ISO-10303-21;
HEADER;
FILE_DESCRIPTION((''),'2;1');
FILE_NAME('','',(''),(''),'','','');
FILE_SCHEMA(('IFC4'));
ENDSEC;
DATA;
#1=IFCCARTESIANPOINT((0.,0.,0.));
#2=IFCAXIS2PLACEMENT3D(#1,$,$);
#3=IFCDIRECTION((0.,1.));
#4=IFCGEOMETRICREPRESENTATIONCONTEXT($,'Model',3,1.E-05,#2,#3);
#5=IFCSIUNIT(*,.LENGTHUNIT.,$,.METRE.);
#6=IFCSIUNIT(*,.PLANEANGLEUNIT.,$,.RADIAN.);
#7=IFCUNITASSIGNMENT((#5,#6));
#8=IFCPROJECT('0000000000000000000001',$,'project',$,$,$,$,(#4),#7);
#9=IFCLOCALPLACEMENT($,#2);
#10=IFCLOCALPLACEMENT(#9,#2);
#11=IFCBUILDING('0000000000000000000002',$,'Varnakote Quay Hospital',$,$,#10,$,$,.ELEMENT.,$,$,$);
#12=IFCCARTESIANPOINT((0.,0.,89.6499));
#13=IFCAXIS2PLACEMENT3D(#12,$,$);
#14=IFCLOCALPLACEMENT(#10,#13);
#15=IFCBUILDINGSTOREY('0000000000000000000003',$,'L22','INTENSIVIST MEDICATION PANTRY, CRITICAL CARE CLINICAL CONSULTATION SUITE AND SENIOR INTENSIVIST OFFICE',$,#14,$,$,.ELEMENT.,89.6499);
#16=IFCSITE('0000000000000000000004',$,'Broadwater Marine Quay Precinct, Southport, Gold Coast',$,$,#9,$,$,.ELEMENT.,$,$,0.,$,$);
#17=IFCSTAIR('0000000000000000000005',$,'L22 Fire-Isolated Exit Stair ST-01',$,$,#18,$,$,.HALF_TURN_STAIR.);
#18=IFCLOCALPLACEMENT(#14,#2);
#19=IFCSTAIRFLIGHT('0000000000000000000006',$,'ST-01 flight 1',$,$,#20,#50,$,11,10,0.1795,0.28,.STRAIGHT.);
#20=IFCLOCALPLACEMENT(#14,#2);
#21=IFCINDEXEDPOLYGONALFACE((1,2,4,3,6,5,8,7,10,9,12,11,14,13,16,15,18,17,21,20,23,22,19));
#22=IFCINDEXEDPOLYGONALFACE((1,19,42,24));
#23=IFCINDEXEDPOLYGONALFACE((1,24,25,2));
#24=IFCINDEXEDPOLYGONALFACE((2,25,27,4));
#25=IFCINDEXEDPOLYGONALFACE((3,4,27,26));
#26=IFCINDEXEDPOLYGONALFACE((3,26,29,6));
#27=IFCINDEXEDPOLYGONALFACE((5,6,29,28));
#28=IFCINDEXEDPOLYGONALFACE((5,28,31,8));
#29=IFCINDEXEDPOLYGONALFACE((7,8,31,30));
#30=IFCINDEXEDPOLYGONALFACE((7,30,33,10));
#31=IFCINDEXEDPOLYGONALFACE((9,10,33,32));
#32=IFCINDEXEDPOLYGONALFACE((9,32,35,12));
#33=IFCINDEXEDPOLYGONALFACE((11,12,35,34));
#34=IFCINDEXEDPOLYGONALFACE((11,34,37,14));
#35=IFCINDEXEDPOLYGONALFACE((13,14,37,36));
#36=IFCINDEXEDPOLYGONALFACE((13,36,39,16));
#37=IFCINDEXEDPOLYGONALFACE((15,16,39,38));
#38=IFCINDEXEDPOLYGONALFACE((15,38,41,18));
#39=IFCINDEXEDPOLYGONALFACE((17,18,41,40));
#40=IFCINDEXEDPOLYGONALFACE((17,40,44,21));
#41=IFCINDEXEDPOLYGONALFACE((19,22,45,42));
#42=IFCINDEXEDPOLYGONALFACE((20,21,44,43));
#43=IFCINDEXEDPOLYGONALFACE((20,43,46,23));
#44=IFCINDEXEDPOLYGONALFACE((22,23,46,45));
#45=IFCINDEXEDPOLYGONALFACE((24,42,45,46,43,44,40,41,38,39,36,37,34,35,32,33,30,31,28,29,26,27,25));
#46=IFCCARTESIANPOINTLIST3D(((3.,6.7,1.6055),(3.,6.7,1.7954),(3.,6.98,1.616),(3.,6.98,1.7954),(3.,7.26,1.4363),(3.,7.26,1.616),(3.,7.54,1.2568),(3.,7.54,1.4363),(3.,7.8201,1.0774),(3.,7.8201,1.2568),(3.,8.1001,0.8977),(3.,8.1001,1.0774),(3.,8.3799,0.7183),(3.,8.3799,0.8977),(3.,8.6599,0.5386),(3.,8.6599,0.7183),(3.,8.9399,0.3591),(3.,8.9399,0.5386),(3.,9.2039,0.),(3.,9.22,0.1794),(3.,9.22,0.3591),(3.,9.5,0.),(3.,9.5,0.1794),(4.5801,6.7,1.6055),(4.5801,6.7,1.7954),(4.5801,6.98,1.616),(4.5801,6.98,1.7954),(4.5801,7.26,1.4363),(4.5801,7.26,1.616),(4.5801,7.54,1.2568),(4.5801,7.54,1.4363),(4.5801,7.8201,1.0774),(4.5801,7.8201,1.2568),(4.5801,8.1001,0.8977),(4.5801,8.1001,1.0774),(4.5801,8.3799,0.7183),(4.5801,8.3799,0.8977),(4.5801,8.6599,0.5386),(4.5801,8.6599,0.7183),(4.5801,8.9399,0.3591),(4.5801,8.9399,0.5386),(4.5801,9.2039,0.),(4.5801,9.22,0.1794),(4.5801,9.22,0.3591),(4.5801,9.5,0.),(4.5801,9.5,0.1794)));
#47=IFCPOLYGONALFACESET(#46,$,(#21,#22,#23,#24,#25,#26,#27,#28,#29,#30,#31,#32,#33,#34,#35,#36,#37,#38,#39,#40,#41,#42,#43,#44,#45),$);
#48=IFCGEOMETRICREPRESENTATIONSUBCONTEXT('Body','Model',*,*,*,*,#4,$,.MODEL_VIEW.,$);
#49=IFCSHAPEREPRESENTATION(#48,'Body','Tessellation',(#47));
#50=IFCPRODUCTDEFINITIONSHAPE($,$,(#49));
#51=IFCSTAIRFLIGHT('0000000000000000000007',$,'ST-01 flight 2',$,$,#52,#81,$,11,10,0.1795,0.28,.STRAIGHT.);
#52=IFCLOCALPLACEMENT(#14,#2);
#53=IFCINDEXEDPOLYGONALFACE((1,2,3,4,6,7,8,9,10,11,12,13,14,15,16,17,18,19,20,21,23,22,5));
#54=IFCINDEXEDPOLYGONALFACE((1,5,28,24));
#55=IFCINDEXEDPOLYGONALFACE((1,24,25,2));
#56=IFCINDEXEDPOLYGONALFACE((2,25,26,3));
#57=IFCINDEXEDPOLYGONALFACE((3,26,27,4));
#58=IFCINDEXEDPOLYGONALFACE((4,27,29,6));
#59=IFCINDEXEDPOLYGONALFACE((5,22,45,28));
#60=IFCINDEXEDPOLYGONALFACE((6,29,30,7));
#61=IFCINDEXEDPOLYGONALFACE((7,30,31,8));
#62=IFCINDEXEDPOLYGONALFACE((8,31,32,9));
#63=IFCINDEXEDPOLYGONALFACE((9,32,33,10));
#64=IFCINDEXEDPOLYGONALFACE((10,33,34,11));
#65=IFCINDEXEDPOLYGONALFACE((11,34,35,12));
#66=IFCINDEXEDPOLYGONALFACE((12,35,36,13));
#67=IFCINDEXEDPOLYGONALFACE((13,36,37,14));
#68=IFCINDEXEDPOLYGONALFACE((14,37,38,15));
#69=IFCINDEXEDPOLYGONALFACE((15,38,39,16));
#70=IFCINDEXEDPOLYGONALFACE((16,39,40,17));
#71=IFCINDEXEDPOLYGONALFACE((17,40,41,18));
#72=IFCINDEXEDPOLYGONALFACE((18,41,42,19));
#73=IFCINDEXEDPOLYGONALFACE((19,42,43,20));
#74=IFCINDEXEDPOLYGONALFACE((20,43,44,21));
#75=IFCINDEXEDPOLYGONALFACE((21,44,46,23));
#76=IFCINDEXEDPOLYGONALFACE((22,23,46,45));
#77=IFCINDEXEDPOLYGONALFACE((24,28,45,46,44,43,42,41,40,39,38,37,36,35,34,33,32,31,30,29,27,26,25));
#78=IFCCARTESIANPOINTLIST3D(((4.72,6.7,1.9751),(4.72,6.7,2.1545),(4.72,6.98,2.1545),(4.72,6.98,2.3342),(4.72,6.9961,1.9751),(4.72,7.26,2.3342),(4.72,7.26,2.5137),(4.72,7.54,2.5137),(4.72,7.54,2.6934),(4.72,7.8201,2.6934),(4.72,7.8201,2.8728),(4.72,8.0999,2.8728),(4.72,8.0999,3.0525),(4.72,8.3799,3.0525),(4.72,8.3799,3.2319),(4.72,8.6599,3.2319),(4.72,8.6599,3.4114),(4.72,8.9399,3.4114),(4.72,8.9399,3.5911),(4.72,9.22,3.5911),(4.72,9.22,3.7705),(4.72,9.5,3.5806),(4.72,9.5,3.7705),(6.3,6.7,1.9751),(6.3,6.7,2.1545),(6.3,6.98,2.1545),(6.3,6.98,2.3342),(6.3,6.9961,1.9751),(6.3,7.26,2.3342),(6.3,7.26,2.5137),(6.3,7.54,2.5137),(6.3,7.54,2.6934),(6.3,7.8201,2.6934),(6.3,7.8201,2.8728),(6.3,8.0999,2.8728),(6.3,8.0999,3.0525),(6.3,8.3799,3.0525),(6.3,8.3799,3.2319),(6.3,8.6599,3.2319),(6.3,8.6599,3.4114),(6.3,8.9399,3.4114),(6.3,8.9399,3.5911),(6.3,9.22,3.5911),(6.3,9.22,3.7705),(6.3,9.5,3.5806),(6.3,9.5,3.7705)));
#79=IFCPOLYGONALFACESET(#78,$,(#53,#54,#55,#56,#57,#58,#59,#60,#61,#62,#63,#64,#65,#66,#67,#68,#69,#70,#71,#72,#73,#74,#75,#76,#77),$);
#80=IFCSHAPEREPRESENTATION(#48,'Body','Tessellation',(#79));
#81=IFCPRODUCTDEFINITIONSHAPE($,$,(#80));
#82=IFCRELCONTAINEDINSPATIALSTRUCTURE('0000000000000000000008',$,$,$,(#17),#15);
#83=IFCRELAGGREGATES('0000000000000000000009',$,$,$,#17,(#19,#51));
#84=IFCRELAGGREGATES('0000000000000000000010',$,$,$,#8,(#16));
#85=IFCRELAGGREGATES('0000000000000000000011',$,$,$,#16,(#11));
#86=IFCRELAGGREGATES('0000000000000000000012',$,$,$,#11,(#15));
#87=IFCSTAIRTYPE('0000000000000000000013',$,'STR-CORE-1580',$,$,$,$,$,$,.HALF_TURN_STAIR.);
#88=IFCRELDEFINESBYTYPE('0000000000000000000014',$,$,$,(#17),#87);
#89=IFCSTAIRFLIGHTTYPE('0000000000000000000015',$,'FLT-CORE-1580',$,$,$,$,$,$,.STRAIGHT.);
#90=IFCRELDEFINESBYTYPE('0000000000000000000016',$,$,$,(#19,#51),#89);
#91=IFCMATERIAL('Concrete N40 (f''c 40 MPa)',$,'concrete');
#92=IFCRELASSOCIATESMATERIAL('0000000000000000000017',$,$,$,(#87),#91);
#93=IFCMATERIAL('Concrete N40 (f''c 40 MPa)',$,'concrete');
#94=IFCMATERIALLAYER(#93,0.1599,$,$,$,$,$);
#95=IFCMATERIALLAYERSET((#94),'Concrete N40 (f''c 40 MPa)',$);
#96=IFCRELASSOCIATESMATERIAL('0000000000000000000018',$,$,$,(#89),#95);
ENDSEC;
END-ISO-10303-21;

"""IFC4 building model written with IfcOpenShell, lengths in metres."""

from ifc_helpers import new_model, si_unit, direction, frame, origin, place, context, subcontext, project, spatial, polyline, outline, extrude, material, layer, layer_set, type_object, element, aggregate, save


model = new_model("IFC4")

# Units and contexts
model_context = context("Model", 3, precision=1e-05, world=origin(), true_north=direction((0.0, 1.0)))
body_context = subcontext(model_context, "Body", "Model", "MODEL_VIEW")
ifc_project = project(units=[si_unit("LENGTHUNIT", "METRE"), si_unit("PLANEANGLEUNIT", "RADIAN")], contexts=[model_context])

# Site, building, storey
site_placement = place(None, origin())
site = spatial("IfcSite", under=ifc_project, at=site_placement, Name="Broadwater Marine Quay Precinct, Southport, Gold Coast", CompositionType="ELEMENT", RefElevation=0.0)
building_placement = place(site_placement, origin())
building = spatial("IfcBuilding", under=site, at=building_placement, Name="Varnakote Quay Hospital", CompositionType="ELEMENT")
storey_placement = place(building_placement, frame((0.0, 0.0, 89.6499)))
storey = spatial("IfcBuildingStorey", under=building, at=storey_placement, Name="L22", Description="INTENSIVIST MEDICATION PANTRY, CRITICAL CARE CLINICAL CONSULTATION SUITE AND SENIOR INTENSIVIST OFFICE", CompositionType="ELEMENT", Elevation=89.6499)

# Stair, stair flights
ifc_material_1 = material(Name="Concrete N40 (f'c 40 MPa)", Category="concrete")
stair_type = type_object("IfcStairType", Name="STR-CORE-1580", PredefinedType="HALF_TURN_STAIR", material=ifc_material_1)
stair_placement = place(storey_placement, origin())
stair = element("IfcStair", 1, at=stair_placement, inside=storey, type_object=stair_type, Name="L22 Fire-Isolated Exit Stair ST-01", PredefinedType="HALF_TURN_STAIR")
ifc_material_2 = material(Name="Concrete N40 (f'c 40 MPa)", Category="concrete")
ifc_layer_1 = layer(ifc_material_2, 0.1599)
ifc_layer_set_1 = layer_set([ifc_layer_1], Name="Concrete N40 (f'c 40 MPa)")
stair_flight_type = type_object("IfcStairFlightType", Name="FLT-CORE-1580", PredefinedType="STRAIGHT", material=ifc_layer_set_1)
stair_flight_1_placement = place(storey_placement, frame((3.79, 9.5, 0.0), z_axis=(0.0, 0.0, 1.0), x_axis=(0.0, -1.0, 0.0)))
stair_flight_1 = element("IfcStairFlight", 2, at=stair_flight_1_placement, type_object=stair_flight_type, Name="ST-01 flight 1", NumberOfRisers=11, NumberOfTreads=10, PredefinedType="STRAIGHT", RiserHeight=0.1795, TreadLength=0.28, context=body_context, shape_type="SweptSolid", body=[
    extrude(outline(polyline([(0.0, 0.0), (0.0, 0.1794), (0.28, 0.1794), (0.28, 0.3591), (0.5601, 0.3591), (0.5601, 0.5386), (0.8401, 0.5386), (0.8401, 0.7183), (1.1201, 0.7183), (1.1201, 0.8977), (1.3999, 0.8977), (1.3999, 1.0774), (1.6799, 1.0774), (1.6799, 1.2568), (1.96, 1.2568), (1.96, 1.4363), (2.24, 1.4363), (2.24, 1.616), (2.52, 1.616), (2.52, 1.7954), (2.8, 1.7954), (2.8, 1.9751), (2.8, 1.6055), (0.2961, 0.0), (0.0, 0.0)])), frame((0.0, 0.79, 0.0), z_axis=(0.0, -1.0, 0.0), x_axis=(1.0, 0.0, 0.0)), (0.0, 0.0, 1.0), 1.5801),
])
stair_flight_2_placement = place(storey_placement, frame((5.51, 6.7, 1.9751), z_axis=(0.0, 0.0, 1.0), x_axis=(0.0, 1.0, 0.0)))
stair_flight_2 = element("IfcStairFlight", 3, at=stair_flight_2_placement, type_object=stair_flight_type, Name="ST-01 flight 2", NumberOfRisers=11, NumberOfTreads=10, PredefinedType="STRAIGHT", RiserHeight=0.1795, TreadLength=0.28, context=body_context, shape_type="SweptSolid", body=[
    extrude(outline(polyline([(0.0, 0.0), (0.0, 0.1794), (0.28, 0.1794), (0.28, 0.3591), (0.5601, 0.3591), (0.5601, 0.5386), (0.8401, 0.5386), (0.8401, 0.7183), (1.1201, 0.7183), (1.1201, 0.8977), (1.3999, 0.8977), (1.3999, 1.0774), (1.6799, 1.0774), (1.6799, 1.2568), (1.96, 1.2568), (1.96, 1.4363), (2.24, 1.4363), (2.24, 1.616), (2.52, 1.616), (2.52, 1.7954), (2.8, 1.7954), (2.8, 1.9751), (2.8, 1.6055), (0.2961, 0.0), (0.0, 0.0)])), frame((0.0, 0.79, 0.0), z_axis=(0.0, -1.0, 0.0), x_axis=(1.0, 0.0, 0.0)), (0.0, 0.0, 1.0), 1.5801),
])
aggregate(stair, [stair_flight_1, stair_flight_2])

save(model, "model.ifc")
